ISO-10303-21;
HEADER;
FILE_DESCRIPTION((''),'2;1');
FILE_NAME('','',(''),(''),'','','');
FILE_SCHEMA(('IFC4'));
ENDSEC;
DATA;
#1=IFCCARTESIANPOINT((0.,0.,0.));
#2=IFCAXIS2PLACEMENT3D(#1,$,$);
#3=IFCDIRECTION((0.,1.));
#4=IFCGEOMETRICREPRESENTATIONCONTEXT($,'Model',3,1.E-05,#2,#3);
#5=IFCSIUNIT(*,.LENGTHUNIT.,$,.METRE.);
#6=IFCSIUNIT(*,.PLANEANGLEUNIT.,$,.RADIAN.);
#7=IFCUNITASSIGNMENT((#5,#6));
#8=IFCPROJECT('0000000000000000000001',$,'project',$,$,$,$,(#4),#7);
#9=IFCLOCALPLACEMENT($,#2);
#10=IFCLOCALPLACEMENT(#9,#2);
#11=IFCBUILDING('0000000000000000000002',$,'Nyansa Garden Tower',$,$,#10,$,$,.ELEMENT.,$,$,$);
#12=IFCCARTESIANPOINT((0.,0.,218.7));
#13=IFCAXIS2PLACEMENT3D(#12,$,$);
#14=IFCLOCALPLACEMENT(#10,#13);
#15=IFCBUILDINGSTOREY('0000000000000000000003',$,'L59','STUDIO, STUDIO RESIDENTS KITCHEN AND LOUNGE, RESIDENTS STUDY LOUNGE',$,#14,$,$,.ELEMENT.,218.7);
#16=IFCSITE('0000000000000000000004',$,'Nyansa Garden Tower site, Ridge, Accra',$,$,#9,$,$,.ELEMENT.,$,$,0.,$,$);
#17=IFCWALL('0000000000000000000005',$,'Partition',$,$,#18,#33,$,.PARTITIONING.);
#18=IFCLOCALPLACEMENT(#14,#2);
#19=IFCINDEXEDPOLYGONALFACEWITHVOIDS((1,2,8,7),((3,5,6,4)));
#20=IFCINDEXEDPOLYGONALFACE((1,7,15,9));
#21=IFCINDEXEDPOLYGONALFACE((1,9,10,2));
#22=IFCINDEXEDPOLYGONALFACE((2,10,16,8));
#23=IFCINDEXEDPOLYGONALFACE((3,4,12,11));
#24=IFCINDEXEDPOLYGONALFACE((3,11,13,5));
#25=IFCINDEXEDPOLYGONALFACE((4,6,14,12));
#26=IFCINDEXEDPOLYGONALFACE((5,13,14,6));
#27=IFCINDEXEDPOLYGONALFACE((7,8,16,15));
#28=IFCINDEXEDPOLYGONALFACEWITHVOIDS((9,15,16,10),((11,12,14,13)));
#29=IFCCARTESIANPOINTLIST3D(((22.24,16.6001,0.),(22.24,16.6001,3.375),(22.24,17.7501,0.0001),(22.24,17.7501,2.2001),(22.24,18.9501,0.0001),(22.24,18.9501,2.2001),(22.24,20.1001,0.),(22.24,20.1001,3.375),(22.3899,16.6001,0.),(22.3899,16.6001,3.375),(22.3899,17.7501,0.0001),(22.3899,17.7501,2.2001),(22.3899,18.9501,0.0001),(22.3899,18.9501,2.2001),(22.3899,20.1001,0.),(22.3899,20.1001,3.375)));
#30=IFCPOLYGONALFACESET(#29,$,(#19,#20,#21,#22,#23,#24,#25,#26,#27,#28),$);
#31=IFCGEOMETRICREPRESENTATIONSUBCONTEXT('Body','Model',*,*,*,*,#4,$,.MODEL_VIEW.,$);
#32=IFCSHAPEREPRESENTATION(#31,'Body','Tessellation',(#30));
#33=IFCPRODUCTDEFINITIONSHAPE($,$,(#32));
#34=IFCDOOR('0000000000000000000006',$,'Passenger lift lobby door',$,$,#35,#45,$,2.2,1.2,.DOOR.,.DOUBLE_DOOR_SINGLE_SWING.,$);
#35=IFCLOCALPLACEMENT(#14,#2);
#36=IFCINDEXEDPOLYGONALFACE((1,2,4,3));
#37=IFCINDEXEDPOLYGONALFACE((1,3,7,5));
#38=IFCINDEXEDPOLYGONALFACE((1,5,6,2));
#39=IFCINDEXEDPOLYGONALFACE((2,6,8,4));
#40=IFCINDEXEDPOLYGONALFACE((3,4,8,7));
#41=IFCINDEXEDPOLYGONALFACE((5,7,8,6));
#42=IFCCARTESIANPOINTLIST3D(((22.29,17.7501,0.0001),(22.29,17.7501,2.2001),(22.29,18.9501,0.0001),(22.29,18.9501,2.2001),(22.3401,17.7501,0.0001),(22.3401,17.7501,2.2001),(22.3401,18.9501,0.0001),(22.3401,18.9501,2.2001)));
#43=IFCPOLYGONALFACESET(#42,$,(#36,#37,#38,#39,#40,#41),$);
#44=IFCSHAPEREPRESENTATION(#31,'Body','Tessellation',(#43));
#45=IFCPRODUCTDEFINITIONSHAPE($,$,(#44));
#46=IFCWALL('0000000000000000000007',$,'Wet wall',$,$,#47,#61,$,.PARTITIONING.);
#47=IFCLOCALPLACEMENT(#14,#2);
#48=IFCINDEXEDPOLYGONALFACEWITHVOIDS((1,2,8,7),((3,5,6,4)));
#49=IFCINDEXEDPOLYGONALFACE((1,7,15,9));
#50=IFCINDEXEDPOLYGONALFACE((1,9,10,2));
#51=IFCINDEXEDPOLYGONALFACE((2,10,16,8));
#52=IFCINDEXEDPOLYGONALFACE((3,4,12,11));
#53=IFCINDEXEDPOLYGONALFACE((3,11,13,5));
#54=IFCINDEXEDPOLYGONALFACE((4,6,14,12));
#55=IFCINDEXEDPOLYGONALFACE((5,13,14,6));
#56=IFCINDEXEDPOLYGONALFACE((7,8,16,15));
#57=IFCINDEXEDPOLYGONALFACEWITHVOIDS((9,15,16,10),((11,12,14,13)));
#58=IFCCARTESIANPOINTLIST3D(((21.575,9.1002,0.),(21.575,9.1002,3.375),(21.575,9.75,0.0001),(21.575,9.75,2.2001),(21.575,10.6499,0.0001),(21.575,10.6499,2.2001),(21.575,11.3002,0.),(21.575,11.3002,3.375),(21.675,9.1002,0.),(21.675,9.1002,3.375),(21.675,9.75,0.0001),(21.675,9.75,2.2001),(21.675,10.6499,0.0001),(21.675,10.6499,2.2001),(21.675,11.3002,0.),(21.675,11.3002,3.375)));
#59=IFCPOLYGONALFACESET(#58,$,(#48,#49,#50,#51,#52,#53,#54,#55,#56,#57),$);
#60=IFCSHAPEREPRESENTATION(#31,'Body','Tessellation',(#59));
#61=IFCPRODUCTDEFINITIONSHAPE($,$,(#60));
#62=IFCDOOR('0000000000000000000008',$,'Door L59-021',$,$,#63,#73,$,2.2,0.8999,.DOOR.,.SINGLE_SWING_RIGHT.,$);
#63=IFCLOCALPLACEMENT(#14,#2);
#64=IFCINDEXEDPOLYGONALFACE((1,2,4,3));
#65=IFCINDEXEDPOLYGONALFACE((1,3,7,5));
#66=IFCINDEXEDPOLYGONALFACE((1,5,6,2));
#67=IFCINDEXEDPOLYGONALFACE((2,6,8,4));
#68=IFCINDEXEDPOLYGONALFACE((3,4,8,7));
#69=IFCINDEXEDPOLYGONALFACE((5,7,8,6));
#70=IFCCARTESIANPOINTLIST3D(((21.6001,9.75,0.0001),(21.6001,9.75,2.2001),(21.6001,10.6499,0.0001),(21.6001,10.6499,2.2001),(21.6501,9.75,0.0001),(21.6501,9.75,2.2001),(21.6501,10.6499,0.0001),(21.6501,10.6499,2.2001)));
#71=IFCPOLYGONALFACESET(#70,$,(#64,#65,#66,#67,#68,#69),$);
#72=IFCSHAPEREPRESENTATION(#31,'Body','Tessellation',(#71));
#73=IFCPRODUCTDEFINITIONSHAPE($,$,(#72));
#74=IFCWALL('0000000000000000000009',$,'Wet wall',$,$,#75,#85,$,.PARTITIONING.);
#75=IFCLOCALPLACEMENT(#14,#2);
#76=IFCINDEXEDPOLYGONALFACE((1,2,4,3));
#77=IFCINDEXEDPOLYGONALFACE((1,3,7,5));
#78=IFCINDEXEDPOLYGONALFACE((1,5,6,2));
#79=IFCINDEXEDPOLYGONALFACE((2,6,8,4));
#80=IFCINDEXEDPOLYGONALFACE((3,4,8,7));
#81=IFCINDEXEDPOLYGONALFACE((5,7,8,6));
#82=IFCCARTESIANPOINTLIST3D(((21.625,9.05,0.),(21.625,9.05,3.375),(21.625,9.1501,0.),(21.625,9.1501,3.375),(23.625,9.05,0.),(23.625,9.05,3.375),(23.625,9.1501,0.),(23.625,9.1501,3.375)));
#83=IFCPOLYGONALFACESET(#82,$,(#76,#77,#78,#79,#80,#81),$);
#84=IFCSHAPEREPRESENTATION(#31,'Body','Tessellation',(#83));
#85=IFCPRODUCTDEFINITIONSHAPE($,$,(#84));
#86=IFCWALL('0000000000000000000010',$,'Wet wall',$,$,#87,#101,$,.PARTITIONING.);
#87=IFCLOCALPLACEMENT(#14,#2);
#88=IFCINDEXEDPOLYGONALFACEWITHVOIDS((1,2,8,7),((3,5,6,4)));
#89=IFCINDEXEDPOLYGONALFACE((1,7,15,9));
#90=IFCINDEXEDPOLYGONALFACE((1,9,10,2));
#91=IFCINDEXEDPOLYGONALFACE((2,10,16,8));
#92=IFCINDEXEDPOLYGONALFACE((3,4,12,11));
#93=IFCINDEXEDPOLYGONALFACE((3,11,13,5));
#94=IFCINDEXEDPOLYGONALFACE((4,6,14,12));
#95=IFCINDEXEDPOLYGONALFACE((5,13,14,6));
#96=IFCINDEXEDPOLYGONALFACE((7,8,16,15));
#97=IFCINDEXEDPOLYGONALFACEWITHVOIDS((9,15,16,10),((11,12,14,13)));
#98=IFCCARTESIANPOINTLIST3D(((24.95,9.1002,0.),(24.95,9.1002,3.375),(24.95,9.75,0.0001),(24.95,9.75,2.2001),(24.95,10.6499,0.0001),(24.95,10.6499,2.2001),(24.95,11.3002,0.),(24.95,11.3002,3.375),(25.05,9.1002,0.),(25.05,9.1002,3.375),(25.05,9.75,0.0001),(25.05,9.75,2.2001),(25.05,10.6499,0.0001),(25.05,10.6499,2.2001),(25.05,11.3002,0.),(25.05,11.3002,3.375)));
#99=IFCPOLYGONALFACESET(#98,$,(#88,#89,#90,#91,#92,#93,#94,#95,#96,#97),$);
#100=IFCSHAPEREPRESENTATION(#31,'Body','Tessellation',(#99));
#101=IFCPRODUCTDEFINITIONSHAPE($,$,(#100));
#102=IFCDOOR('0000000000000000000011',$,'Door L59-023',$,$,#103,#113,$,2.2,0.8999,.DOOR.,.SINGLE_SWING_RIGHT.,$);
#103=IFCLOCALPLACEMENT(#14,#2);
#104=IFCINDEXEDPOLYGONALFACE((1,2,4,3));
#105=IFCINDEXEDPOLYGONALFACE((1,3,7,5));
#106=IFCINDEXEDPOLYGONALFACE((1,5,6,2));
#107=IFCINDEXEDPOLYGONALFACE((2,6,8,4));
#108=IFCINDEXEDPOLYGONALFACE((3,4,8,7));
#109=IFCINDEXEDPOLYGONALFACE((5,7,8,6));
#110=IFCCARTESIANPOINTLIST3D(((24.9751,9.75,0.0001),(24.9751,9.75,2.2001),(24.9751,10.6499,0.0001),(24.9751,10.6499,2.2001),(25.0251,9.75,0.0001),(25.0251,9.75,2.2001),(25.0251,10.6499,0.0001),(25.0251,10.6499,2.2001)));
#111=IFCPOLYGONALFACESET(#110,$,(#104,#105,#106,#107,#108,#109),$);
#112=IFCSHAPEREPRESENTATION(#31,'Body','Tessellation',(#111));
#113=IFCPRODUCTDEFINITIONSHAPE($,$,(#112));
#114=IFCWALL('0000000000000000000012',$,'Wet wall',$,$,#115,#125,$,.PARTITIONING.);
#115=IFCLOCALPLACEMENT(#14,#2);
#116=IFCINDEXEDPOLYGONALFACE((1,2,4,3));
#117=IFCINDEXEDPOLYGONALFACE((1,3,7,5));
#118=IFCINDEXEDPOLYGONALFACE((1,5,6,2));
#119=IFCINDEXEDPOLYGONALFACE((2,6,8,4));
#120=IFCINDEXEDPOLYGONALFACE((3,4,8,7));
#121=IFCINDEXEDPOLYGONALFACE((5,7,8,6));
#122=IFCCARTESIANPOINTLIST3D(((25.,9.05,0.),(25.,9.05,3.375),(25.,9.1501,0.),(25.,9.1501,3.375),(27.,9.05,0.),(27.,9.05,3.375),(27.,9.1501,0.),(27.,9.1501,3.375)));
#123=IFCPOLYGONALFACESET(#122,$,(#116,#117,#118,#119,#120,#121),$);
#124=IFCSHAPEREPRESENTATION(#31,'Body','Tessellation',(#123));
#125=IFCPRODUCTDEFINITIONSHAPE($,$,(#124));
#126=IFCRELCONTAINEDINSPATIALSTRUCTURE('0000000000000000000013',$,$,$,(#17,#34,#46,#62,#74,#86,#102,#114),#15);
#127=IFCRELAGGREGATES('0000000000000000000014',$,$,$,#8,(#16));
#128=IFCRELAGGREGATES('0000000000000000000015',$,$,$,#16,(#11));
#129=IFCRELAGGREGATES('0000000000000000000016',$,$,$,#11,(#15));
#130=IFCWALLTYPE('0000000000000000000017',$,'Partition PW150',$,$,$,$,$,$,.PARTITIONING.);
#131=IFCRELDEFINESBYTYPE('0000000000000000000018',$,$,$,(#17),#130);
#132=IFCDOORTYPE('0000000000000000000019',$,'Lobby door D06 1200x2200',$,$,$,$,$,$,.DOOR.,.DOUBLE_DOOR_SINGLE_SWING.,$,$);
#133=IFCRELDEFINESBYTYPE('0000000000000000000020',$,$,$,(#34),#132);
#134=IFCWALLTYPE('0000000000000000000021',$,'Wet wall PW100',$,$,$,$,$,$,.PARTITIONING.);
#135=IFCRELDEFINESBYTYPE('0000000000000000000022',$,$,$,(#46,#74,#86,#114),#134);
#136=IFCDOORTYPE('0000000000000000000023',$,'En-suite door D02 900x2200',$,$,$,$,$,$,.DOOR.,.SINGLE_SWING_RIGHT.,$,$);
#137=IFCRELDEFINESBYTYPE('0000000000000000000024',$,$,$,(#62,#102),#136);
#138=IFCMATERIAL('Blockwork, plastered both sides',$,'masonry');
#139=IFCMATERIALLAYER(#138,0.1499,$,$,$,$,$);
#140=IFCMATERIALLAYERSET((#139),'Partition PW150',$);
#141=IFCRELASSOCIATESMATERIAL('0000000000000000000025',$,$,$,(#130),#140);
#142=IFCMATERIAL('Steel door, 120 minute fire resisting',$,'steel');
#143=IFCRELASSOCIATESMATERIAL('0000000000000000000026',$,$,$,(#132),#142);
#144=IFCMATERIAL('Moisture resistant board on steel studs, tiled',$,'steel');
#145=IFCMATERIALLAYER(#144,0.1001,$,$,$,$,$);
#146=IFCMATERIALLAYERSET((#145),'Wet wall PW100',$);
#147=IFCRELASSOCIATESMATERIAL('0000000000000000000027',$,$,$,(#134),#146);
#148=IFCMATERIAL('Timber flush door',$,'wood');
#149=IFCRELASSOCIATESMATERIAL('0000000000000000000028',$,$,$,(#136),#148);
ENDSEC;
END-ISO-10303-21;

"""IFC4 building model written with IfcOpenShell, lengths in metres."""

from ifc_helpers import new_model, si_unit, direction, frame, frame_2d, origin, place, context, subcontext, project, spatial, rectangle, extrude, material, layer, layer_set, type_object, element, fill, save


model = new_model("IFC4")

# Units and contexts
model_context = context("Model", 3, precision=1e-05, world=origin(), true_north=direction((0.0, 1.0)))
body_context = subcontext(model_context, "Body", "Model", "MODEL_VIEW")
ifc_project = project(units=[si_unit("LENGTHUNIT", "METRE"), si_unit("PLANEANGLEUNIT", "RADIAN")], contexts=[model_context])

# Site, building, storey
site_placement = place(None, origin())
site = spatial("IfcSite", under=ifc_project, at=site_placement, Name="Nyansa Garden Tower site, Ridge, Accra", CompositionType="ELEMENT", RefElevation=0.0)
building_placement = place(site_placement, origin())
building = spatial("IfcBuilding", under=site, at=building_placement, Name="Nyansa Garden Tower", CompositionType="ELEMENT")
storey_placement = place(building_placement, frame((0.0, 0.0, 218.7)))
storey = spatial("IfcBuildingStorey", under=building, at=storey_placement, Name="L59", Description="STUDIO, STUDIO RESIDENTS KITCHEN AND LOUNGE, RESIDENTS STUDY LOUNGE", CompositionType="ELEMENT", Elevation=218.7)

# Walls, openings, doors
ifc_material_1 = material(Name="Blockwork, plastered both sides", Category="masonry")
ifc_layer_1 = layer(ifc_material_1, 0.1499)
ifc_layer_set_1 = layer_set([ifc_layer_1], Name="Partition PW150")
wall_type_1 = type_object("IfcWallType", Name="Partition PW150", PredefinedType="PARTITIONING", material=ifc_layer_set_1)
ifc_material_2 = material(Name="Steel door, 120 minute fire resisting", Category="steel")
door_type_1 = type_object("IfcDoorType", Name="Lobby door D06 1200x2200", OperationType="DOUBLE_DOOR_SINGLE_SWING", PredefinedType="DOOR", material=ifc_material_2)
wall_1_placement = place(storey_placement, frame((22.3149, 16.6001, 0.0), z_axis=(0.0, 0.0, 1.0), x_axis=(0.0, 1.0, 0.0)))
wall_1 = element("IfcWall", 1, at=wall_1_placement, inside=storey, type_object=wall_type_1, Name="Partition", PredefinedType="PARTITIONING", context=body_context, shape_type="SweptSolid", body=[
    extrude(rectangle(XDim=3.5, YDim=0.1499, at=frame_2d((1.75, 0.0))), origin(), (0.0, 0.0, 1.0), 3.375),
])
opening_1_placement = place(wall_1_placement, frame((1.1499, 0.0, 0.0)))
opening_1 = element("IfcOpeningElement", 2, at=opening_1_placement, cuts=wall_1, PredefinedType="OPENING", context=body_context, shape_type="SweptSolid", body=[
    extrude(rectangle(XDim=1.2, YDim=2.2, at=frame_2d((0.6001, 1.1001))), frame((0.0, 0.085, 0.0), z_axis=(0.0, -1.0, 0.0), x_axis=(1.0, 0.0, 0.0)), (0.0, 0.0, 1.0), 0.1699),
])
door_1_placement = place(opening_1_placement, origin())
door_1 = element("IfcDoor", 3, at=door_1_placement, inside=storey, type_object=door_type_1, Name="Passenger lift lobby door", OperationType="DOUBLE_DOOR_SINGLE_SWING", OverallHeight=2.2, OverallWidth=1.2, PredefinedType="DOOR", context=body_context, shape_type="SweptSolid", body=[
    extrude(rectangle(XDim=1.2, YDim=2.2, at=frame_2d((0.6001, 1.1001))), frame((0.0, 0.0249, 0.0), z_axis=(0.0, -1.0, 0.0), x_axis=(1.0, 0.0, 0.0)), (0.0, 0.0, 1.0), 0.05),
])
fill(opening_1, door_1)
ifc_material_3 = material(Name="Moisture resistant board on steel studs, tiled", Category="steel")
ifc_layer_2 = layer(ifc_material_3, 0.1001)
ifc_layer_set_2 = layer_set([ifc_layer_2], Name="Wet wall PW100")
wall_type_2 = type_object("IfcWallType", Name="Wet wall PW100", PredefinedType="PARTITIONING", material=ifc_layer_set_2)
wall_2_placement = place(storey_placement, frame((21.625, 9.1001, 0.0), z_axis=(0.0, 0.0, 1.0), x_axis=(0.0, 1.0, 0.0)))
wall_2 = element("IfcWall", 4, at=wall_2_placement, inside=storey, type_object=wall_type_2, Name="Wet wall", PredefinedType="PARTITIONING", context=body_context, shape_type="SweptSolid", body=[
    extrude(rectangle(XDim=2.2, YDim=0.1001, at=frame_2d((1.1001, 0.0))), origin(), (0.0, 0.0, 1.0), 3.375),
])
opening_2_placement = place(wall_2_placement, frame((0.6499, 0.0, 0.0)))
opening_2 = element("IfcOpeningElement", 5, at=opening_2_placement, cuts=wall_2, PredefinedType="OPENING", context=body_context, shape_type="SweptSolid", body=[
    extrude(rectangle(XDim=0.8999, YDim=2.2, at=frame_2d((0.45, 1.1001))), frame((0.0, 0.0601, 0.0), z_axis=(0.0, -1.0, 0.0), x_axis=(1.0, 0.0, 0.0)), (0.0, 0.0, 1.0), 0.1201),
])
ifc_material_4 = material(Name="Timber flush door", Category="wood")
door_type_2 = type_object("IfcDoorType", Name="En-suite door D02 900x2200", OperationType="SINGLE_SWING_RIGHT", PredefinedType="DOOR", material=ifc_material_4)
door_2_placement = place(opening_2_placement, origin())
door_2 = element("IfcDoor", 6, at=door_2_placement, inside=storey, type_object=door_type_2, Name="Door L59-021", OperationType="SINGLE_SWING_RIGHT", OverallHeight=2.2, OverallWidth=0.8999, PredefinedType="DOOR", context=body_context, shape_type="SweptSolid", body=[
    extrude(rectangle(XDim=0.8999, YDim=2.2, at=frame_2d((0.45, 1.1001))), frame((0.0, 0.0249, 0.0), z_axis=(0.0, -1.0, 0.0), x_axis=(1.0, 0.0, 0.0)), (0.0, 0.0, 1.0), 0.05),
])
fill(opening_2, door_2)

# Wall
wall_3_placement = place(storey_placement, frame((21.625, 9.1001, 0.0), z_axis=(0.0, 0.0, 1.0), x_axis=(1.0, 0.0, 0.0)))
element("IfcWall", 7, at=wall_3_placement, inside=storey, type_object=wall_type_2, Name="Wet wall", PredefinedType="PARTITIONING", context=body_context, shape_type="SweptSolid", body=[
    extrude(rectangle(XDim=2.0, YDim=0.1001, at=frame_2d((1.0, 0.0))), origin(), (0.0, 0.0, 1.0), 3.375),
])

# Wall, opening, door
wall_4_placement = place(storey_placement, frame((25.0, 9.1001, 0.0), z_axis=(0.0, 0.0, 1.0), x_axis=(0.0, 1.0, 0.0)))
wall_4 = element("IfcWall", 8, at=wall_4_placement, inside=storey, type_object=wall_type_2, Name="Wet wall", PredefinedType="PARTITIONING", context=body_context, shape_type="SweptSolid", body=[
    extrude(rectangle(XDim=2.2, YDim=0.1001, at=frame_2d((1.1001, 0.0))), origin(), (0.0, 0.0, 1.0), 3.375),
])
opening_3_placement = place(wall_4_placement, frame((0.6499, 0.0, 0.0)))
opening_3 = element("IfcOpeningElement", 9, at=opening_3_placement, cuts=wall_4, PredefinedType="OPENING", context=body_context, shape_type="SweptSolid", body=[
    extrude(rectangle(XDim=0.8999, YDim=2.2, at=frame_2d((0.45, 1.1001))), frame((0.0, 0.0601, 0.0), z_axis=(0.0, -1.0, 0.0), x_axis=(1.0, 0.0, 0.0)), (0.0, 0.0, 1.0), 0.1201),
])
door_3_placement = place(opening_3_placement, origin())
door_3 = element("IfcDoor", 10, at=door_3_placement, inside=storey, type_object=door_type_2, Name="Door L59-023", OperationType="SINGLE_SWING_RIGHT", OverallHeight=2.2, OverallWidth=0.8999, PredefinedType="DOOR", context=body_context, shape_type="SweptSolid", body=[
    extrude(rectangle(XDim=0.8999, YDim=2.2, at=frame_2d((0.45, 1.1001))), frame((0.0, 0.0249, 0.0), z_axis=(0.0, -1.0, 0.0), x_axis=(1.0, 0.0, 0.0)), (0.0, 0.0, 1.0), 0.05),
])
fill(opening_3, door_3)

# Wall
wall_5_placement = place(storey_placement, frame((25.0, 9.1001, 0.0), z_axis=(0.0, 0.0, 1.0), x_axis=(1.0, 0.0, 0.0)))
element("IfcWall", 11, at=wall_5_placement, inside=storey, type_object=wall_type_2, Name="Wet wall", PredefinedType="PARTITIONING", context=body_context, shape_type="SweptSolid", body=[
    extrude(rectangle(XDim=2.0, YDim=0.1001, at=frame_2d((1.0, 0.0))), origin(), (0.0, 0.0, 1.0), 3.375),
])

save(model, "model.ifc")
